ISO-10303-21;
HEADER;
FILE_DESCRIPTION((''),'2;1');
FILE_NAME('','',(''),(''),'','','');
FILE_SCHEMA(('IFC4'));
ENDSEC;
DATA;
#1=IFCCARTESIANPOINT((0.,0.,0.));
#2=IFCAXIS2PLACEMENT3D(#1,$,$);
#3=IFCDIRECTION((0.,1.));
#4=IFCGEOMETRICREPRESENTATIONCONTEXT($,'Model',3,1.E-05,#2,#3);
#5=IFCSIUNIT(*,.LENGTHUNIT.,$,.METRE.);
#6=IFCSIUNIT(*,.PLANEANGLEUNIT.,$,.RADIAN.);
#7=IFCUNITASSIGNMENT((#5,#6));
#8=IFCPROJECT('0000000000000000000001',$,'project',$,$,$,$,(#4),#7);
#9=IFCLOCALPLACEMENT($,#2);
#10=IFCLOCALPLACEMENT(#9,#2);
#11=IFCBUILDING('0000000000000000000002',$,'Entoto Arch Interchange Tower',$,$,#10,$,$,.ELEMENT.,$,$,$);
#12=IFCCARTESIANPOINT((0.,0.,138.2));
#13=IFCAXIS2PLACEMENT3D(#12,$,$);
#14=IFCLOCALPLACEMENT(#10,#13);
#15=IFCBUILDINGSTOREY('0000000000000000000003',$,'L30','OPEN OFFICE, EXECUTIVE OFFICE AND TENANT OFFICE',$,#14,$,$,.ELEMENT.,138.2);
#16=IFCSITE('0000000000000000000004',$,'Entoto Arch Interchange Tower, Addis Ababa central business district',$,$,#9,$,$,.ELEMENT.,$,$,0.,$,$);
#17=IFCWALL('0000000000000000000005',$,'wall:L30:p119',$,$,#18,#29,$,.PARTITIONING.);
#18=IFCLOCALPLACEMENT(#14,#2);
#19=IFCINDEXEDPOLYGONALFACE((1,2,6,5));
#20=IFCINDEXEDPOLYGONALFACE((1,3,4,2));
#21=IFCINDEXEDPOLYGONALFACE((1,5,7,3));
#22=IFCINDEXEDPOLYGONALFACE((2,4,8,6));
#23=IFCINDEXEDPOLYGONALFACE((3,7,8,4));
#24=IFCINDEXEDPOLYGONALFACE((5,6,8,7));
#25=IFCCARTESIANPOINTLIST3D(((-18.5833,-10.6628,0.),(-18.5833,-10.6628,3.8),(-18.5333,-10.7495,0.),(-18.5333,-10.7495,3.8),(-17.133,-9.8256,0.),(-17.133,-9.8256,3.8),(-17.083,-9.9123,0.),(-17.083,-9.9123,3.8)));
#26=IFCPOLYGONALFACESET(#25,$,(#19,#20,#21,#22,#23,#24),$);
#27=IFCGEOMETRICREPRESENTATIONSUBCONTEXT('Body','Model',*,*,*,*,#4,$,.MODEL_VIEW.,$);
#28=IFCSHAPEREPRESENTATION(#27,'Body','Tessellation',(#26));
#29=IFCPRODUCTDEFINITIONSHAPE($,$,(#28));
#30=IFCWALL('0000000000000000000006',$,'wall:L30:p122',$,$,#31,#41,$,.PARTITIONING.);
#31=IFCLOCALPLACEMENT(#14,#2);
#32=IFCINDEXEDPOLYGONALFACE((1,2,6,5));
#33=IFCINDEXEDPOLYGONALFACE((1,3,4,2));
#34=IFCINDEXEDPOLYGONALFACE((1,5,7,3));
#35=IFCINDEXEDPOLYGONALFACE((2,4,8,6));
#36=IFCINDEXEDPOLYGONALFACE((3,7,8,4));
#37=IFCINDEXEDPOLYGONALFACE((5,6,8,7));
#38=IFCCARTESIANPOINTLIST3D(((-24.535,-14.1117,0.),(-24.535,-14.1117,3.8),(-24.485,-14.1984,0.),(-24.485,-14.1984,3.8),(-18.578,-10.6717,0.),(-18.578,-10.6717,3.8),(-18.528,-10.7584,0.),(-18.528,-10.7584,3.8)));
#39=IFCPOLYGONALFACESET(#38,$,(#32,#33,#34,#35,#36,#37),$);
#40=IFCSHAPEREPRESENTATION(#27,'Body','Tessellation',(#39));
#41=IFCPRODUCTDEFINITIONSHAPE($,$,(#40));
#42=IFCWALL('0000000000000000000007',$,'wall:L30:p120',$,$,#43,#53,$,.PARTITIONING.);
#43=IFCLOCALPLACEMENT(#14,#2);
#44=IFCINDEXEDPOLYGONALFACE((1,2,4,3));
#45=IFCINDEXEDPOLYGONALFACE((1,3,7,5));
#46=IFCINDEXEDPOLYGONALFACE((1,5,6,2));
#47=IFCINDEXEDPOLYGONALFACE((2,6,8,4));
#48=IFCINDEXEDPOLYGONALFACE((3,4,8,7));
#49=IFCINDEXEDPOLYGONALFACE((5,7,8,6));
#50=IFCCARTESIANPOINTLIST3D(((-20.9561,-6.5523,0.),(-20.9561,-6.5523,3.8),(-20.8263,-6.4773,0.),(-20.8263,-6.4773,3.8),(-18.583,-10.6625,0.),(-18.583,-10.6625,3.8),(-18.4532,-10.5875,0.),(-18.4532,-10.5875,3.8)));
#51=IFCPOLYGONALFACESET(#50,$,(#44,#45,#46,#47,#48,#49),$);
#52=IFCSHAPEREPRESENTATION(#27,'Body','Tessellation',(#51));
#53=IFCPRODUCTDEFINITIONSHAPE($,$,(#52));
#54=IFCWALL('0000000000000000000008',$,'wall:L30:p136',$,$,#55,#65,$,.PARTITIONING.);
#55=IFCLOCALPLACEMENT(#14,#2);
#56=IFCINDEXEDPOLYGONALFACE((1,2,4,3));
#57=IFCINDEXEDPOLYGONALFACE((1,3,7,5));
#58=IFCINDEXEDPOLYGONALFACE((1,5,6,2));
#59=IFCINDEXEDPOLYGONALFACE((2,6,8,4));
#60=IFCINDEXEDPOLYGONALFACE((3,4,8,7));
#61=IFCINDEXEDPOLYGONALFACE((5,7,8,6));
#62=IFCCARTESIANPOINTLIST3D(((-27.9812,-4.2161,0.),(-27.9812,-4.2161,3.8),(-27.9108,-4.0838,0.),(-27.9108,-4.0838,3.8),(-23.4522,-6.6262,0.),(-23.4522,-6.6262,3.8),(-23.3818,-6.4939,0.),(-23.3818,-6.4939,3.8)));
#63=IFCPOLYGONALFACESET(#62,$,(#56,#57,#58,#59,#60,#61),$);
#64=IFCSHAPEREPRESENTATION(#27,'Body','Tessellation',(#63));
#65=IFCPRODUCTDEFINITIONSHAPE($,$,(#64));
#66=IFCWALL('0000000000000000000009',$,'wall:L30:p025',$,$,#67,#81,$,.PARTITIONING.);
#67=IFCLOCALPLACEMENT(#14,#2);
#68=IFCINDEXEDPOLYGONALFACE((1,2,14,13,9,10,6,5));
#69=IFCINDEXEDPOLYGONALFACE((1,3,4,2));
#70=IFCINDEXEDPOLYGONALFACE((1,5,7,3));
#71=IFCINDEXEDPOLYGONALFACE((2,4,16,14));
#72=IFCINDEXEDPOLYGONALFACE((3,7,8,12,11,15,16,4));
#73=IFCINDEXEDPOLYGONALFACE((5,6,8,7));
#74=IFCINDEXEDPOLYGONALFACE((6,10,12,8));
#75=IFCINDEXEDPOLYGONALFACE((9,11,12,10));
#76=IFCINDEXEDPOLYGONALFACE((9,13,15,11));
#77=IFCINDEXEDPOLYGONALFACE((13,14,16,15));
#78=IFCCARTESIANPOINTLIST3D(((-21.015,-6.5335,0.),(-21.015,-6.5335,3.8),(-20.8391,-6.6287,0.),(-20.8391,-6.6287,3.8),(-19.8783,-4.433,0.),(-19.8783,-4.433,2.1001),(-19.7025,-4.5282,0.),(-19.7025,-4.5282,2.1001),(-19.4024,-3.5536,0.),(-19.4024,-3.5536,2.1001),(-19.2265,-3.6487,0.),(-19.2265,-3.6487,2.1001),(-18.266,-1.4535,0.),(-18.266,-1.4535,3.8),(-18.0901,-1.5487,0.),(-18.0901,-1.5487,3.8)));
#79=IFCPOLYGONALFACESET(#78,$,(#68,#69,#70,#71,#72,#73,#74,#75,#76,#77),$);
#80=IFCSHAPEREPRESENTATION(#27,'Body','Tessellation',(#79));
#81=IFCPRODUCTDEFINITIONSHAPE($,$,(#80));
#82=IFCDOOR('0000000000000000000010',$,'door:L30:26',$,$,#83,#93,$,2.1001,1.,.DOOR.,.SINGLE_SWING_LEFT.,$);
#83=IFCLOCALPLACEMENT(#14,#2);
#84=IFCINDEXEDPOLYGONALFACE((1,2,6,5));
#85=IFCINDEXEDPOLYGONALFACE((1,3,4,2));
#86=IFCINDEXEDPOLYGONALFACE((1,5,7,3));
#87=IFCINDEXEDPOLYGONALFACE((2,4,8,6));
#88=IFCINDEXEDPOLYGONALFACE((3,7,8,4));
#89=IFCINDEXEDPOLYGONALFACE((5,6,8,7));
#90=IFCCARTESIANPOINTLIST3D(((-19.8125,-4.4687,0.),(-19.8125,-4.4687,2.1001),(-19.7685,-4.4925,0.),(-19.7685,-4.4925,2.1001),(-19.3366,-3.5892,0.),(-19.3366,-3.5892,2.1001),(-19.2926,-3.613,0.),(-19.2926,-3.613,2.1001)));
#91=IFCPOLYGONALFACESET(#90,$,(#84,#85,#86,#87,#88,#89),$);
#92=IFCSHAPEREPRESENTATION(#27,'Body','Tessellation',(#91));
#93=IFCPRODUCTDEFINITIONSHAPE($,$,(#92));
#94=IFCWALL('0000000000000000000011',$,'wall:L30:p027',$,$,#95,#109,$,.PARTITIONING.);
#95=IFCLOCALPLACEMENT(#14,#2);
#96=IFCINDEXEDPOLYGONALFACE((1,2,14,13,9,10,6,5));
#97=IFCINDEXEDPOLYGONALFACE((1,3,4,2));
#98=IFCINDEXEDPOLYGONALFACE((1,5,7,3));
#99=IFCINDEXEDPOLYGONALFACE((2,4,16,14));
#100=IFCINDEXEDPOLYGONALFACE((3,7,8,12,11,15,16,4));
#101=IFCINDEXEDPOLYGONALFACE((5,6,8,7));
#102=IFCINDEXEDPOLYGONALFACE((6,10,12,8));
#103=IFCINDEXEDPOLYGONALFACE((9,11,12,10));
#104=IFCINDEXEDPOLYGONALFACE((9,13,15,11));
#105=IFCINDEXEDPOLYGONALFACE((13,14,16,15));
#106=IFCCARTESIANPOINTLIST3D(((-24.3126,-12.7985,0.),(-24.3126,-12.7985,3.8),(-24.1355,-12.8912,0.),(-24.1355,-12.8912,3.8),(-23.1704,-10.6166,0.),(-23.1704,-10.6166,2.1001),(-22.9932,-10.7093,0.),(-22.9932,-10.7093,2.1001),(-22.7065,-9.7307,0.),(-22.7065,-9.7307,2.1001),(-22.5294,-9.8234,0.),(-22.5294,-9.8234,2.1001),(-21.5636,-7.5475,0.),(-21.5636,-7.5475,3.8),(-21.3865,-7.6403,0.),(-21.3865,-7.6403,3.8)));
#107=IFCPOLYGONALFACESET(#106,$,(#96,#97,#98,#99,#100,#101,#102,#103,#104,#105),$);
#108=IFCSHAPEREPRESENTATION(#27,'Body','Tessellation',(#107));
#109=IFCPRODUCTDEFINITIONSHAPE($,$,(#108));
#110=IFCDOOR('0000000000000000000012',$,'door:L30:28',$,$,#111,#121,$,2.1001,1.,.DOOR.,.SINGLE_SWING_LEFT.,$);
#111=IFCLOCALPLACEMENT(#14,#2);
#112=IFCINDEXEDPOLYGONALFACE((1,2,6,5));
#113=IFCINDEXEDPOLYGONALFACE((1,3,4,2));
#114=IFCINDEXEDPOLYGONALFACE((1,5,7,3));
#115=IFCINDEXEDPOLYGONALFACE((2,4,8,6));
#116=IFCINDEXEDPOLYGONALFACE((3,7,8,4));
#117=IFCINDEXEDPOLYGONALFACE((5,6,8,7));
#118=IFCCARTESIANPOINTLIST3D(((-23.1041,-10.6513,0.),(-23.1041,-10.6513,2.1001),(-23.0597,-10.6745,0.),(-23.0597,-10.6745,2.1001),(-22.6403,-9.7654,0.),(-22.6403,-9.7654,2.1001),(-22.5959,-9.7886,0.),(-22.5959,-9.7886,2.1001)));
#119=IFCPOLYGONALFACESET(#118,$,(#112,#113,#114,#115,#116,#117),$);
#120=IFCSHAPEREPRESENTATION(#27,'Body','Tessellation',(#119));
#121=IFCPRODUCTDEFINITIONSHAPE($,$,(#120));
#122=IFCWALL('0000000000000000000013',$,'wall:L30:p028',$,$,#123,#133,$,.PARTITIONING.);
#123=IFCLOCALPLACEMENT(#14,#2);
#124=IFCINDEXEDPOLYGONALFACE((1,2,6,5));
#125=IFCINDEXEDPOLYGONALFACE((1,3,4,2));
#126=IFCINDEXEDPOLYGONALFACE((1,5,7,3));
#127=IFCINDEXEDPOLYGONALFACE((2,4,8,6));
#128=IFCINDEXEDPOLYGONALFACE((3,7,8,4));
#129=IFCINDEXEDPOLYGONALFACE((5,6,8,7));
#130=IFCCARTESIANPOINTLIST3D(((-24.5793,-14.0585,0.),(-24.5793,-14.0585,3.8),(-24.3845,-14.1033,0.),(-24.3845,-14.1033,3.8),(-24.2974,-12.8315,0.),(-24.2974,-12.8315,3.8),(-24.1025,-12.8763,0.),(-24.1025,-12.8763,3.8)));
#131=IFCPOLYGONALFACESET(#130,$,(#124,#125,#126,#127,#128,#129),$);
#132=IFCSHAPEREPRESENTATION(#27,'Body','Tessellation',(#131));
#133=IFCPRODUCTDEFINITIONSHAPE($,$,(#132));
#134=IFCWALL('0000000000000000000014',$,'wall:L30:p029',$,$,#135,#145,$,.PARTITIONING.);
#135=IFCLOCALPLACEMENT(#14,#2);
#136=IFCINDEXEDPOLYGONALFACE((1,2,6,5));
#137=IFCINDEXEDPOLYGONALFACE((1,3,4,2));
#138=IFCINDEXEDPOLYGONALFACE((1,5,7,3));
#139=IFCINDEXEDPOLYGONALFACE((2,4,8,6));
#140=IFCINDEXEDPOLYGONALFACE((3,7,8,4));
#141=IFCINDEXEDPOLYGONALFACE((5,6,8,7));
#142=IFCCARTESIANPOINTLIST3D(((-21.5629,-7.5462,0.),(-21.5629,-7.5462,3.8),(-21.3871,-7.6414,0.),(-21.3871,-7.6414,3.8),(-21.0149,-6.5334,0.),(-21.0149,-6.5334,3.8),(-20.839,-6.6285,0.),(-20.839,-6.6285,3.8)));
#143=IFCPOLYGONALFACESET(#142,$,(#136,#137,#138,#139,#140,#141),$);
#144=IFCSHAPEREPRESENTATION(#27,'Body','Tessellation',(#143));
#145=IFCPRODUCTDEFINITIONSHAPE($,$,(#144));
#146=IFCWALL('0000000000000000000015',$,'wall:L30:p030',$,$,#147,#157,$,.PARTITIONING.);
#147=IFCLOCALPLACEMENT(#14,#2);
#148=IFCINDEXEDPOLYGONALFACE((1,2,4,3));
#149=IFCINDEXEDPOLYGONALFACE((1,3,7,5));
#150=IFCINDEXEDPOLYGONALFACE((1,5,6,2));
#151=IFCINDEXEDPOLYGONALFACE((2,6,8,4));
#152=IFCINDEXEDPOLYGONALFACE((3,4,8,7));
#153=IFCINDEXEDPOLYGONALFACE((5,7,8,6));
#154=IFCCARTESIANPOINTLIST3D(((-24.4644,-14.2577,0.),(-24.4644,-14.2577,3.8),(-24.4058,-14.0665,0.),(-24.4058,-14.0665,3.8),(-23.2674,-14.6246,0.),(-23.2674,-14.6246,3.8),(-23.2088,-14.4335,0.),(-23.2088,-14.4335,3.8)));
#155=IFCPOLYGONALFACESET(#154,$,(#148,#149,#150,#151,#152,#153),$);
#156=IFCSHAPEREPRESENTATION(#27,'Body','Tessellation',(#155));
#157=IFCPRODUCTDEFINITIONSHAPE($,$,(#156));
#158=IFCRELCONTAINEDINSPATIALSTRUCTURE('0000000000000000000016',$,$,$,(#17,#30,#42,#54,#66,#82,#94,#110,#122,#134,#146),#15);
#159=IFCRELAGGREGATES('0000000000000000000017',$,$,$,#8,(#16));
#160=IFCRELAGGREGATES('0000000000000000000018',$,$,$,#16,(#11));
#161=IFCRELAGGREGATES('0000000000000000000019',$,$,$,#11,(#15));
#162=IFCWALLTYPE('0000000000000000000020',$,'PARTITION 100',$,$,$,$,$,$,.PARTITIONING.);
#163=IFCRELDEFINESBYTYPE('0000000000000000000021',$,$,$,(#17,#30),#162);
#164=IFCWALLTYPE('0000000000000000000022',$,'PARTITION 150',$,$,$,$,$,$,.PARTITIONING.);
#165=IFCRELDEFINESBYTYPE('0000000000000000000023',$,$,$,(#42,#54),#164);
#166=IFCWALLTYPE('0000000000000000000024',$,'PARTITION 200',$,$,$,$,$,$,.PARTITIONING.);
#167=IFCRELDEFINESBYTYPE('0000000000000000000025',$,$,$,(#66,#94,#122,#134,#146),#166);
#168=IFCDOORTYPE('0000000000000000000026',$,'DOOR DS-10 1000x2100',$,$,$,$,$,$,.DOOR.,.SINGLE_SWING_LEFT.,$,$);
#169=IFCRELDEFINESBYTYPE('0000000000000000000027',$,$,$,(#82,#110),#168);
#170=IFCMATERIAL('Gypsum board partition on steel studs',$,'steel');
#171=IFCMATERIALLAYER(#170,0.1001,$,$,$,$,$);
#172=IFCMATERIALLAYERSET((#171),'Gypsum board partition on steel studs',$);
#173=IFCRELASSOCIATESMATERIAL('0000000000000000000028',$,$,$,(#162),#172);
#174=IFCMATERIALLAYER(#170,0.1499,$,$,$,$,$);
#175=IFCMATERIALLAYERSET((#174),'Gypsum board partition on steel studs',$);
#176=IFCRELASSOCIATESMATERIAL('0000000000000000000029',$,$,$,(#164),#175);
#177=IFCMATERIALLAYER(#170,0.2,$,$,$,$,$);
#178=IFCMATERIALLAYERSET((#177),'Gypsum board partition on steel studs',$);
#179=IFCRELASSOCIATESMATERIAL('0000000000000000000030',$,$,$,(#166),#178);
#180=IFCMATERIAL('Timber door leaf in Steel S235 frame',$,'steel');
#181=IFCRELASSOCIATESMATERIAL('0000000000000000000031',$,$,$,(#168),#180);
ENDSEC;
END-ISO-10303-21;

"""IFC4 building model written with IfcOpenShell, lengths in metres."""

from ifc_helpers import new_model, si_unit, direction, frame, frame_2d, origin, place, context, subcontext, project, spatial, rectangle, extrude, material, layer, layer_set, type_object, element, fill, save


model = new_model("IFC4")

# Units and contexts
model_context = context("Model", 3, precision=1e-05, world=origin(), true_north=direction((0.0, 1.0)))
body_context = subcontext(model_context, "Body", "Model", "MODEL_VIEW")
ifc_project = project(units=[si_unit("LENGTHUNIT", "METRE"), si_unit("PLANEANGLEUNIT", "RADIAN")], contexts=[model_context])

# Site, building, storey
site_placement = place(None, origin())
site = spatial("IfcSite", under=ifc_project, at=site_placement, Name="Entoto Arch Interchange Tower, Addis Ababa central business district", CompositionType="ELEMENT", RefElevation=0.0)
building_placement = place(site_placement, origin())
building = spatial("IfcBuilding", under=site, at=building_placement, Name="Entoto Arch Interchange Tower", CompositionType="ELEMENT")
storey_placement = place(building_placement, frame((0.0, 0.0, 138.2)))
storey = spatial("IfcBuildingStorey", under=building, at=storey_placement, Name="L30", Description="OPEN OFFICE, EXECUTIVE OFFICE AND TENANT OFFICE", CompositionType="ELEMENT", Elevation=138.2)

# Walls
ifc_material_1 = material(Name="Gypsum board partition on steel studs", Category="steel")
ifc_layer_1 = layer(ifc_material_1, 0.1001)
ifc_layer_set_1 = layer_set([ifc_layer_1], Name="Gypsum board partition on steel studs")
wall_type_1 = type_object("IfcWallType", Name="PARTITION 100", PredefinedType="PARTITIONING", material=ifc_layer_set_1)
wall_1_placement = place(storey_placement, frame((-17.1079, -9.8689, 0.0), z_axis=(0.0, 0.0, 1.0), x_axis=(-0.866054, -0.49995, 0.0)))
element("IfcWall", 1, at=wall_1_placement, inside=storey, type_object=wall_type_1, Name="wall:L30:p119", PredefinedType="PARTITIONING", context=body_context, shape_type="SweptSolid", body=[
    extrude(rectangle(XDim=1.6746, YDim=0.1001, at=frame_2d((0.8374, 0.0))), origin(), (0.0, 0.0, 1.0), 3.8),
])
wall_2_placement = place(storey_placement, frame((-18.553, -10.7151, 0.0), z_axis=(0.0, 0.0, 1.0), x_axis=(-0.865985, -0.500071, 0.0)))
element("IfcWall", 2, at=wall_2_placement, inside=storey, type_object=wall_type_1, Name="wall:L30:p122", PredefinedType="PARTITIONING", context=body_context, shape_type="SweptSolid", body=[
    extrude(rectangle(XDim=6.8789, YDim=0.1001, at=frame_2d((3.4395, 0.0))), origin(), (0.0, 0.0, 1.0), 3.8),
])
ifc_layer_2 = layer(ifc_material_1, 0.1499)
ifc_layer_set_2 = layer_set([ifc_layer_2], Name="Gypsum board partition on steel studs")
wall_type_2 = type_object("IfcWallType", Name="PARTITION 150", PredefinedType="PARTITIONING", material=ifc_layer_set_2)
wall_3_placement = place(storey_placement, frame((-18.5181, -10.625, 0.0), z_axis=(0.0, 0.0, 1.0), x_axis=(-0.500012, 0.866019, 0.0)))
element("IfcWall", 3, at=wall_3_placement, inside=storey, type_object=wall_type_2, Name="wall:L30:p120", PredefinedType="PARTITIONING", context=body_context, shape_type="SweptSolid", body=[
    extrude(rectangle(XDim=4.7461, YDim=0.1499, at=frame_2d((2.373, 0.0))), origin(), (0.0, 0.0, 1.0), 3.8),
])
wall_4_placement = place(storey_placement, frame((-23.417, -6.5601, 0.0), z_axis=(0.0, 0.0, 1.0), x_axis=(-0.882785, 0.469778, 0.0)))
element("IfcWall", 4, at=wall_4_placement, inside=storey, type_object=wall_type_2, Name="wall:L30:p136", PredefinedType="PARTITIONING", context=body_context, shape_type="SweptSolid", body=[
    extrude(rectangle(XDim=5.1304, YDim=0.1499, at=frame_2d((2.5652, 0.0))), origin(), (0.0, 0.0, 1.0), 3.8),
])

# Walls, openings, doors
ifc_layer_3 = layer(ifc_material_1, 0.2)
ifc_layer_set_3 = layer_set([ifc_layer_3], Name="Gypsum board partition on steel studs")
wall_type_3 = type_object("IfcWallType", Name="PARTITION 200", PredefinedType="PARTITIONING", material=ifc_layer_set_3)
wall_5_placement = place(storey_placement, frame((-18.178, -1.501, 0.0), z_axis=(0.0, 0.0, 1.0), x_axis=(-0.475924, -0.879487, 0.0)))
wall_5 = element("IfcWall", 5, at=wall_5_placement, inside=storey, type_object=wall_type_3, Name="wall:L30:p025", PredefinedType="PARTITIONING", context=body_context, shape_type="SweptSolid", body=[
    extrude(rectangle(XDim=5.7761, YDim=0.2, at=frame_2d((2.8882, 0.0))), origin(), (0.0, 0.0, 1.0), 3.8),
])
opening_1_placement = place(wall_5_placement, frame((2.3879, 0.0, 0.0)))
opening_1 = element("IfcOpeningElement", 6, at=opening_1_placement, cuts=wall_5, PredefinedType="OPENING", context=body_context, shape_type="SweptSolid", body=[
    extrude(rectangle(XDim=1.0, YDim=2.1001, at=frame_2d((0.5, 1.05))), frame((0.0, 0.1099, 0.0), z_axis=(0.0, -1.0, 0.0), x_axis=(1.0, 0.0, 0.0)), (0.0, 0.0, 1.0), 0.22),
])
ifc_material_2 = material(Name="Timber door leaf in Steel S235 frame", Category="steel")
door_type = type_object("IfcDoorType", Name="DOOR DS-10 1000x2100", OperationType="SINGLE_SWING_LEFT", PredefinedType="DOOR", material=ifc_material_2)
door_1_placement = place(opening_1_placement, origin())
door_1 = element("IfcDoor", 7, at=door_1_placement, inside=storey, type_object=door_type, Name="door:L30:26", OperationType="SINGLE_SWING_LEFT", OverallHeight=2.1001, OverallWidth=1.0, PredefinedType="DOOR", context=body_context, shape_type="SweptSolid", body=[
    extrude(rectangle(XDim=1.0, YDim=2.1001, at=frame_2d((0.5, 1.05))), frame((0.0, 0.0249, 0.0), z_axis=(0.0, -1.0, 0.0), x_axis=(1.0, 0.0, 0.0)), (0.0, 0.0, 1.0), 0.05),
])
fill(opening_1, door_1)
wall_6_placement = place(storey_placement, frame((-21.4751, -7.594, 0.0), z_axis=(0.0, 0.0, 1.0), x_axis=(-0.46381, -0.885935, 0.0)))
wall_6 = element("IfcWall", 8, at=wall_6_placement, inside=storey, type_object=wall_type_3, Name="wall:L30:p027", PredefinedType="PARTITIONING", context=body_context, shape_type="SweptSolid", body=[
    extrude(rectangle(XDim=5.927, YDim=0.2, at=frame_2d((2.9634, 0.0))), origin(), (0.0, 0.0, 1.0), 3.8),
])
opening_2_placement = place(wall_6_placement, frame((2.4641, 0.0, 0.0)))
opening_2 = element("IfcOpeningElement", 9, at=opening_2_placement, cuts=wall_6, PredefinedType="OPENING", context=body_context, shape_type="SweptSolid", body=[
    extrude(rectangle(XDim=1.0, YDim=2.1001, at=frame_2d((0.5, 1.05))), frame((0.0, 0.1099, 0.0), z_axis=(0.0, -1.0, 0.0), x_axis=(1.0, 0.0, 0.0)), (0.0, 0.0, 1.0), 0.22),
])
door_2_placement = place(opening_2_placement, origin())
door_2 = element("IfcDoor", 10, at=door_2_placement, inside=storey, type_object=door_type, Name="door:L30:28", OperationType="SINGLE_SWING_LEFT", OverallHeight=2.1001, OverallWidth=1.0, PredefinedType="DOOR", context=body_context, shape_type="SweptSolid", body=[
    extrude(rectangle(XDim=1.0, YDim=2.1001, at=frame_2d((0.5, 1.05))), frame((0.0, 0.0249, 0.0), z_axis=(0.0, -1.0, 0.0), x_axis=(1.0, 0.0, 0.0)), (0.0, 0.0, 1.0), 0.05),
])
fill(opening_2, door_2)

# Walls
wall_7_placement = place(storey_placement, frame((-24.2, -12.854, 0.0), z_axis=(0.0, 0.0, 1.0), x_axis=(-0.223967, -0.974597, 0.0)))
element("IfcWall", 11, at=wall_7_placement, inside=storey, type_object=wall_type_3, Name="wall:L30:p028", PredefinedType="PARTITIONING", context=body_context, shape_type="SweptSolid", body=[
    extrude(rectangle(XDim=1.259, YDim=0.2, at=frame_2d((0.6294, 0.0))), origin(), (0.0, 0.0, 1.0), 3.8),
])
wall_8_placement = place(storey_placement, frame((-20.927, -6.5811, 0.0), z_axis=(0.0, 0.0, 1.0), x_axis=(-0.475894, -0.879503, 0.0)))
element("IfcWall", 12, at=wall_8_placement, inside=storey, type_object=wall_type_3, Name="wall:L30:p029", PredefinedType="PARTITIONING", context=body_context, shape_type="SweptSolid", body=[
    extrude(rectangle(XDim=1.1516, YDim=0.2, at=frame_2d((0.5757, 0.0))), origin(), (0.0, 0.0, 1.0), 3.8),
])
wall_9_placement = place(storey_placement, frame((-24.4351, -14.1621, 0.0), z_axis=(0.0, 0.0, 1.0), x_axis=(0.956086, -0.293085, 0.0)))
element("IfcWall", 13, at=wall_9_placement, inside=storey, type_object=wall_type_3, Name="wall:L30:p030", PredefinedType="PARTITIONING", context=body_context, shape_type="SweptSolid", body=[
    extrude(rectangle(XDim=1.252, YDim=0.2, at=frame_2d((0.626, 0.0))), origin(), (0.0, 0.0, 1.0), 3.8),
])

save(model, "model.ifc")
